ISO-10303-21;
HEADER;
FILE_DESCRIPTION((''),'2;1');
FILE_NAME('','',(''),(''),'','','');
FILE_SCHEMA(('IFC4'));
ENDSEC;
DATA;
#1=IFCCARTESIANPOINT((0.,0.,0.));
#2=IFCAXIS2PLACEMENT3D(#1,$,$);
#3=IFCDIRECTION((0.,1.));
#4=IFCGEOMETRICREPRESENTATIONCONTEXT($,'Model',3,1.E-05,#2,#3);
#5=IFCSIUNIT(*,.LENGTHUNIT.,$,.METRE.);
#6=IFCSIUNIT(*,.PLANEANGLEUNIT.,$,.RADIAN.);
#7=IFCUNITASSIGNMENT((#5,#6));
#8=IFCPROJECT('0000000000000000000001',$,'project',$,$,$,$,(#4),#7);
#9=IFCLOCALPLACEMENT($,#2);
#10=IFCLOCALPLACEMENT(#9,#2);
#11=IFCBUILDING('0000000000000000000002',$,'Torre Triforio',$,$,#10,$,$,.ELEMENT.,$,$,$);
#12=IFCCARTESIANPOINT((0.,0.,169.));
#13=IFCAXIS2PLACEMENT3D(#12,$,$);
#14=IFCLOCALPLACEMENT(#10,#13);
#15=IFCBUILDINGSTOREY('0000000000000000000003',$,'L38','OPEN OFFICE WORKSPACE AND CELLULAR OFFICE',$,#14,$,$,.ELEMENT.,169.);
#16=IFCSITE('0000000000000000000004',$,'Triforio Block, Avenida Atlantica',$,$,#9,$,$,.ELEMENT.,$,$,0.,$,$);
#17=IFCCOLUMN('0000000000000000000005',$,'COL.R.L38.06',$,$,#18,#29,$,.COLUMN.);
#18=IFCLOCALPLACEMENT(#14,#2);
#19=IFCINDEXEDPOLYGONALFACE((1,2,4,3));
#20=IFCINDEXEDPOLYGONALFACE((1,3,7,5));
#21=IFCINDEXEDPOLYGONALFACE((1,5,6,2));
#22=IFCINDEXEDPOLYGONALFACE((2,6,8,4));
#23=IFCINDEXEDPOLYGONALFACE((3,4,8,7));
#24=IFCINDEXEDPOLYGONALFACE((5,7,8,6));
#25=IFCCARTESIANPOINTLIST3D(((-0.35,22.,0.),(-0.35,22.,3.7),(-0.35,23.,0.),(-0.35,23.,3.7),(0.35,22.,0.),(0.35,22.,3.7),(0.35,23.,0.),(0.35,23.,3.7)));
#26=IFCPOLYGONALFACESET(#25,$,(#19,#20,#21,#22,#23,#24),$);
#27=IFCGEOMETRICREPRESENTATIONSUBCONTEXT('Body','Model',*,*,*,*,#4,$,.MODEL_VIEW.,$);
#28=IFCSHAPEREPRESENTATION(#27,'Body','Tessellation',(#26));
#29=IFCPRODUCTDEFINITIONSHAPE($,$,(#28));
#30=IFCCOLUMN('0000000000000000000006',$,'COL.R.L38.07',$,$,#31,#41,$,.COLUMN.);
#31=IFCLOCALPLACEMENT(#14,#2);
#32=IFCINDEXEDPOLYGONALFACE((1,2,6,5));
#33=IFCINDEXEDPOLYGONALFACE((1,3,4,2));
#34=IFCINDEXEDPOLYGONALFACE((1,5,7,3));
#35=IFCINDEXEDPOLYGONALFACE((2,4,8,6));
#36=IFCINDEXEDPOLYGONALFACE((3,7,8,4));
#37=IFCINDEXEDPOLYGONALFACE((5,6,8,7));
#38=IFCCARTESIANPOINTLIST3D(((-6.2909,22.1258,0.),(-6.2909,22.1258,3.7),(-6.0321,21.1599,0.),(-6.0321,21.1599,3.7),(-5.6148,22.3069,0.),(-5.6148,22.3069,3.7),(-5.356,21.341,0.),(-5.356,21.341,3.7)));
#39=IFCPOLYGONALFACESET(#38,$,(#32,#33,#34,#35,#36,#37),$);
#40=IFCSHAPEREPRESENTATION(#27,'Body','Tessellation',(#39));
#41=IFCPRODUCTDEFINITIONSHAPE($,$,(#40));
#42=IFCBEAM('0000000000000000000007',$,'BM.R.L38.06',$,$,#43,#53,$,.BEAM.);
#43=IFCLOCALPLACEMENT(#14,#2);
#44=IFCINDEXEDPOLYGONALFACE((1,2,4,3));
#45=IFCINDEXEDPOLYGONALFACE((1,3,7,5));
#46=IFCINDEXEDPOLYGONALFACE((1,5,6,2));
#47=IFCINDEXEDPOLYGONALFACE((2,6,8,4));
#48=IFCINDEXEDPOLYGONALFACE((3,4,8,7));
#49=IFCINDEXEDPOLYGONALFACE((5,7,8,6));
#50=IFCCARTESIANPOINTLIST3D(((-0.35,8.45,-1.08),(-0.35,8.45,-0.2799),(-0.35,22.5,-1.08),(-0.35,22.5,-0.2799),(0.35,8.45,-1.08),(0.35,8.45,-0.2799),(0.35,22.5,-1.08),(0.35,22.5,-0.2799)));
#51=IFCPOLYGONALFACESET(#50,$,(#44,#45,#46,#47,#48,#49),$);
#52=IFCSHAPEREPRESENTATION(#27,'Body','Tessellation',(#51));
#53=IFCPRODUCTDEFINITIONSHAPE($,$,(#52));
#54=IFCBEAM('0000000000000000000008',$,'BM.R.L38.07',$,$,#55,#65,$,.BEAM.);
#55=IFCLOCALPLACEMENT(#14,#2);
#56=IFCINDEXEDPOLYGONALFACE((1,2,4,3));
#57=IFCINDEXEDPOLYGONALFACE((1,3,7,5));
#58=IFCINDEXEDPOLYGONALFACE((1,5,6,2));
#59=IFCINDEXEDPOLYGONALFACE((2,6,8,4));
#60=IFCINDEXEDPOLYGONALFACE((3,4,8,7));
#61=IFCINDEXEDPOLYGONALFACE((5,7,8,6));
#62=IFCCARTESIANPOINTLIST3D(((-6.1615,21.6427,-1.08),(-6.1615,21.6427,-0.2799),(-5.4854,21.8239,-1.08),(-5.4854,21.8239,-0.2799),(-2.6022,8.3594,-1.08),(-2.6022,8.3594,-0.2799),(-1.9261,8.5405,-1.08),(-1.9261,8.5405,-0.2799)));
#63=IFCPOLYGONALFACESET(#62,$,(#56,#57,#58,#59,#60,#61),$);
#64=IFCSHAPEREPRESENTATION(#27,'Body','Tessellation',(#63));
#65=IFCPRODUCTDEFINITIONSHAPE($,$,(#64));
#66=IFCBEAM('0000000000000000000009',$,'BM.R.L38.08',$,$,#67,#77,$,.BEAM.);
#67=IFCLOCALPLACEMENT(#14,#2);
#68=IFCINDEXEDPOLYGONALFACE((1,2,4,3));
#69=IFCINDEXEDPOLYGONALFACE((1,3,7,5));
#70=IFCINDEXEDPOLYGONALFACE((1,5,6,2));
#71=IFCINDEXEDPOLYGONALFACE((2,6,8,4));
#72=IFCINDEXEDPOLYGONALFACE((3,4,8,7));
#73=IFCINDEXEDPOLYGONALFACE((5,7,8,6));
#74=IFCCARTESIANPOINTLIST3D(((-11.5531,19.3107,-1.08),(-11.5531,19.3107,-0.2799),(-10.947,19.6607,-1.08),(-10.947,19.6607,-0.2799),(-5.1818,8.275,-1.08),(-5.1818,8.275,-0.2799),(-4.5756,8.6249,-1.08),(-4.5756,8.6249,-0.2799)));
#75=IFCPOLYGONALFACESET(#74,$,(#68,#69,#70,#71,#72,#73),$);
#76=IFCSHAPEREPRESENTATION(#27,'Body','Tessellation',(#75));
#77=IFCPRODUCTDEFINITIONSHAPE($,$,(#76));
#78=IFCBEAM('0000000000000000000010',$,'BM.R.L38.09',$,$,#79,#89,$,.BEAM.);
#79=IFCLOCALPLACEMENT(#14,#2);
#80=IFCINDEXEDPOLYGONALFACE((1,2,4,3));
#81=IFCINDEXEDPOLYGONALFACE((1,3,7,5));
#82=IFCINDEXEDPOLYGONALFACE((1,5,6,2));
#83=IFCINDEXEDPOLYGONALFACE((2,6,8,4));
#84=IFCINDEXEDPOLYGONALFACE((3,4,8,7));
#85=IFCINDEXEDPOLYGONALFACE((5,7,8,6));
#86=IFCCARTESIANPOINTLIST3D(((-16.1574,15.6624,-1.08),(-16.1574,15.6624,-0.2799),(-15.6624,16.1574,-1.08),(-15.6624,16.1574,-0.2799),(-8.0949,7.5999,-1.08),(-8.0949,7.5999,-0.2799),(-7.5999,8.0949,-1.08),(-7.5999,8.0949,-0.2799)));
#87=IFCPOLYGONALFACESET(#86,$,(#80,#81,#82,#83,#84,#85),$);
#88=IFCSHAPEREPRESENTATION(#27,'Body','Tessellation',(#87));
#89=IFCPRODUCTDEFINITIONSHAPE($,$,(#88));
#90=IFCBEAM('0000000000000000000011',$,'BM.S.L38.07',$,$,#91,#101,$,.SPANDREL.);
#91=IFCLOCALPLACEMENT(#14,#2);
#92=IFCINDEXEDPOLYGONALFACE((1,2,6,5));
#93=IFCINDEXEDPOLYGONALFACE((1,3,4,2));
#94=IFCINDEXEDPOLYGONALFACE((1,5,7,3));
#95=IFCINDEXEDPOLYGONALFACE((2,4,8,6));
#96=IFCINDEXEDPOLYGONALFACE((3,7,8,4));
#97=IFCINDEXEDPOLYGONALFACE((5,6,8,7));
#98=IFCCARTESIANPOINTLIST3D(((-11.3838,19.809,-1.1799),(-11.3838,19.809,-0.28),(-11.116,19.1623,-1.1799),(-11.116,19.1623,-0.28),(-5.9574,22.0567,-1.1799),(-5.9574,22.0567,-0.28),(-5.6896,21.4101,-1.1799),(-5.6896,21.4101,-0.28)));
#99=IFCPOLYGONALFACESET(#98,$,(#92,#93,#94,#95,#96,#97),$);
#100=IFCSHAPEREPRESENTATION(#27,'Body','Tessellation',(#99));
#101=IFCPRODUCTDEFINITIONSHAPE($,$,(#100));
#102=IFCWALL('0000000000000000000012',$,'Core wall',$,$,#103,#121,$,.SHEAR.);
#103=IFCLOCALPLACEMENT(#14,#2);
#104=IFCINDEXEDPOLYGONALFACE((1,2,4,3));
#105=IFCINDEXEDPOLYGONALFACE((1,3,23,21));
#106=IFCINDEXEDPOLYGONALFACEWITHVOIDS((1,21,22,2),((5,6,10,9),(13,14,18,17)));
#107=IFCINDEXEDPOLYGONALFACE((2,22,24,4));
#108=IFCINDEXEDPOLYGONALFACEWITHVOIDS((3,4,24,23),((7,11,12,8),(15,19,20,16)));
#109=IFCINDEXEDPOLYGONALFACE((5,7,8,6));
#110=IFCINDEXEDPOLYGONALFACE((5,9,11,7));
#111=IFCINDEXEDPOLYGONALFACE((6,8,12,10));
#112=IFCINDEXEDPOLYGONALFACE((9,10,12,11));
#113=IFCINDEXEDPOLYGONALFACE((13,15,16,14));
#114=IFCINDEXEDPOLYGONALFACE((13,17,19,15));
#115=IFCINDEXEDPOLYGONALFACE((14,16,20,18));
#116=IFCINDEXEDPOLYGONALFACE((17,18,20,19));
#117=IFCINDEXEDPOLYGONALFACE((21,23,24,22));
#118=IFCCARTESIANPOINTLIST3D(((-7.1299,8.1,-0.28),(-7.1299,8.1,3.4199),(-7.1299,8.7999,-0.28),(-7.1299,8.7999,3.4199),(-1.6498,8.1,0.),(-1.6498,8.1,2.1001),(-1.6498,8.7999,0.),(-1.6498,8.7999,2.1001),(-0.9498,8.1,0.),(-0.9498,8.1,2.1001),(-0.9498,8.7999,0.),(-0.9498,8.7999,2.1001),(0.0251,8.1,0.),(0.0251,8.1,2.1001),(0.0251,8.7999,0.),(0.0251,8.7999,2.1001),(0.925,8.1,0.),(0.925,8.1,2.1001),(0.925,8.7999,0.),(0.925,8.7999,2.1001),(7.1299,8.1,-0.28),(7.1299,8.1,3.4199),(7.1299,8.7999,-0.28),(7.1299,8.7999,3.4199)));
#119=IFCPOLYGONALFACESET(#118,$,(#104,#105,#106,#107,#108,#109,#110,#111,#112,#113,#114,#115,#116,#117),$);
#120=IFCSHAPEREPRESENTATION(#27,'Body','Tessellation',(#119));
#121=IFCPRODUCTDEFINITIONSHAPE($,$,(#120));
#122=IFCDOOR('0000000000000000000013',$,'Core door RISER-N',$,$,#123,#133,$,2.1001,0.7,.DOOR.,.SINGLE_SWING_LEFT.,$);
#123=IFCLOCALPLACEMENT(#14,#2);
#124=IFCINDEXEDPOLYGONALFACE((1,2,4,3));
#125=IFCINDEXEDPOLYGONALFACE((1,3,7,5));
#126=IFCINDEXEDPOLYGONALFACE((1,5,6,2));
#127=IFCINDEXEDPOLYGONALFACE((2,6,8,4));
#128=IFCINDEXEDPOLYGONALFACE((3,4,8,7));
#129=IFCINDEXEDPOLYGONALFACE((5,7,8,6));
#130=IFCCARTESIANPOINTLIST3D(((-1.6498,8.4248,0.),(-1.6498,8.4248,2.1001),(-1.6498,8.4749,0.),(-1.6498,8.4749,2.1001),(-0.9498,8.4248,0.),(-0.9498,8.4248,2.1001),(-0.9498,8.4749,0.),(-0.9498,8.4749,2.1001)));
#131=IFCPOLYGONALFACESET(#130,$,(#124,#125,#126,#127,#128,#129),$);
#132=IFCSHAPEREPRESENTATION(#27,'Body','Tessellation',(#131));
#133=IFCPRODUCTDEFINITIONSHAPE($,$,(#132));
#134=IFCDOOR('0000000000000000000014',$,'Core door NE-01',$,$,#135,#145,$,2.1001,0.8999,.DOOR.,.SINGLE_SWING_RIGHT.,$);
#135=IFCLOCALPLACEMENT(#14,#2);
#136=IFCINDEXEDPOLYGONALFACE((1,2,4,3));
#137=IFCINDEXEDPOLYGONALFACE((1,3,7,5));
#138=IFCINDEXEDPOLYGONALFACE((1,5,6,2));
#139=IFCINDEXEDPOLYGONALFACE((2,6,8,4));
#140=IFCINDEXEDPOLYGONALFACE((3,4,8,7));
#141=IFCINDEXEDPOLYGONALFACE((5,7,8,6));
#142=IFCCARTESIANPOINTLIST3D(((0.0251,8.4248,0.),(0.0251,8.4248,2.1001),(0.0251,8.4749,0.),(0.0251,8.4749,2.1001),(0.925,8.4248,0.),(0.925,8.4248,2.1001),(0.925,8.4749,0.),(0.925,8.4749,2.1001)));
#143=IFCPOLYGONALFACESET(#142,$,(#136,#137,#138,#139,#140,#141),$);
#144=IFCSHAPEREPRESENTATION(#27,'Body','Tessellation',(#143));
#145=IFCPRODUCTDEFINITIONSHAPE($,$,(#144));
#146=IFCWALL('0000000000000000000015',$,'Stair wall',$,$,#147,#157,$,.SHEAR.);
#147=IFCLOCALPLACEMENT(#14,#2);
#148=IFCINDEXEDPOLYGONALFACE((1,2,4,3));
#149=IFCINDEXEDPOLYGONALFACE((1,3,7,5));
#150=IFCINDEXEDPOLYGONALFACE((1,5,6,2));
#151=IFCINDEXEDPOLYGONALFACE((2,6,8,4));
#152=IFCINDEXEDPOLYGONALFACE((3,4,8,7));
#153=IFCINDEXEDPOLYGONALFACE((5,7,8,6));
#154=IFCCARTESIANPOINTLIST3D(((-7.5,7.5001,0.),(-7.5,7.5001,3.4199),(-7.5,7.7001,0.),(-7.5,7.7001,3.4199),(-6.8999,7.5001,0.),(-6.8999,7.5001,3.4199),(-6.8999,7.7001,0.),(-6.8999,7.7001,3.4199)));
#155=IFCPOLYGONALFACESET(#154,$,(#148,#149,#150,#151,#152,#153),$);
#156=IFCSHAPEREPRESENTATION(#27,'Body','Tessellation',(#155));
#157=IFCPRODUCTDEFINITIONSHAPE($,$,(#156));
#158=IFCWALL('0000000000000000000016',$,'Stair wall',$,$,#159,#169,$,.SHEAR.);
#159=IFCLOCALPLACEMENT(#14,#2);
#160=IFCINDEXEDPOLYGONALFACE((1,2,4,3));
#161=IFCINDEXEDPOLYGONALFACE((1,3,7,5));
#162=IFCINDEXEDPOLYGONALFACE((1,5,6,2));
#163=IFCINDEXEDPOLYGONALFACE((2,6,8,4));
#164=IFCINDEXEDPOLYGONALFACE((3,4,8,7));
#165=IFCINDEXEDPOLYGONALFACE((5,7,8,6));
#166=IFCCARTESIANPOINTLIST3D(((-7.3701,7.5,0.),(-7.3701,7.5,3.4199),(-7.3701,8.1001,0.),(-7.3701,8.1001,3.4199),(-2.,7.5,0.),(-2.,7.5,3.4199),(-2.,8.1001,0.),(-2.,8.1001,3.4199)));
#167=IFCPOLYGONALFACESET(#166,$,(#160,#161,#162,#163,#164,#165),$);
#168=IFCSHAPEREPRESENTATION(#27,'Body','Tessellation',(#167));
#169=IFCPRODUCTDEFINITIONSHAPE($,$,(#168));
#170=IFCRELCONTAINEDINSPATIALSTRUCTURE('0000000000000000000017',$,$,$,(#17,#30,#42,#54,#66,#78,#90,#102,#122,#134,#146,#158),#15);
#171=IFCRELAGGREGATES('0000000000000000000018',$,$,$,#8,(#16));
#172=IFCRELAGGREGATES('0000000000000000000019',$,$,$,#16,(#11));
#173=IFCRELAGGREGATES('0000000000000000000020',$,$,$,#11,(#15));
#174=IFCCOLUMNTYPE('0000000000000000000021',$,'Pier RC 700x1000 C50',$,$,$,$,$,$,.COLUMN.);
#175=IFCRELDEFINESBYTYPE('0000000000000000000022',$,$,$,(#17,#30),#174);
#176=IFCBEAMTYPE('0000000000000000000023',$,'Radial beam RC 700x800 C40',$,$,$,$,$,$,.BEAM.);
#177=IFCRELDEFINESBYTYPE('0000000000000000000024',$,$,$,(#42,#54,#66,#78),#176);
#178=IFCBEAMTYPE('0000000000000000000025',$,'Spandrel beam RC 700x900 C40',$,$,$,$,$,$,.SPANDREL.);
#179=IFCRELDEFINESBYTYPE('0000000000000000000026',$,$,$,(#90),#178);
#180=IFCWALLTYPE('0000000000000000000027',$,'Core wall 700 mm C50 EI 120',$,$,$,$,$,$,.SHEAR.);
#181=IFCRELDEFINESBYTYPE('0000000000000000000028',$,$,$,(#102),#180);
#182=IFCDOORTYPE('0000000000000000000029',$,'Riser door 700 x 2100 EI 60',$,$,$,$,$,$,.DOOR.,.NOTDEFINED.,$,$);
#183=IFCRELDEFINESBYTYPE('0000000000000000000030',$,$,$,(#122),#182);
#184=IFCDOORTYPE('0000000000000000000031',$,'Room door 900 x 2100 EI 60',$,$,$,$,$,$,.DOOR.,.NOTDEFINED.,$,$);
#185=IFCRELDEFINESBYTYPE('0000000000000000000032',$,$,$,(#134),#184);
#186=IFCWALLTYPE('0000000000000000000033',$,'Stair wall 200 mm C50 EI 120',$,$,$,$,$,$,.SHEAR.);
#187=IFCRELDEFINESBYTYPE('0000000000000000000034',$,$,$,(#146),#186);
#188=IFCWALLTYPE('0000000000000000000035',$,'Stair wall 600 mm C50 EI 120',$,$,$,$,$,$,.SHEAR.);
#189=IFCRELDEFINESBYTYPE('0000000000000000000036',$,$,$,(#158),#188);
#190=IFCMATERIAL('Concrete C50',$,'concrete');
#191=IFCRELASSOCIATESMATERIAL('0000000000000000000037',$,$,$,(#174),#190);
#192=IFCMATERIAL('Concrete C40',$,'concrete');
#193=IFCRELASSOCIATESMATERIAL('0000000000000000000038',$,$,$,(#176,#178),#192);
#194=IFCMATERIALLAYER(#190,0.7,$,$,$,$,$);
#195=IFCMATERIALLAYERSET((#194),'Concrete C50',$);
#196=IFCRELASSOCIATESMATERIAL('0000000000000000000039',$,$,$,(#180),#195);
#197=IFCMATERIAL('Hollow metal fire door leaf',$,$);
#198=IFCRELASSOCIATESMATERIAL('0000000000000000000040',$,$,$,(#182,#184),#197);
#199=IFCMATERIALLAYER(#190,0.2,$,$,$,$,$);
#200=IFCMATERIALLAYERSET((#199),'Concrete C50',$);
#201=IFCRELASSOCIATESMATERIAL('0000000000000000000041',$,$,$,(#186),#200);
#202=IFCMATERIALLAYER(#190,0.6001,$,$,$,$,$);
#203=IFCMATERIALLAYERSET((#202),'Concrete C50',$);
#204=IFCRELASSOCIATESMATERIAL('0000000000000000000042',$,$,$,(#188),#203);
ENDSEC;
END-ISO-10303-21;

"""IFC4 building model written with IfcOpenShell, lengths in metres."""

from ifc_helpers import new_model, si_unit, direction, frame, frame_2d, origin, origin_2d, place, context, subcontext, project, spatial, rectangle, extrude, material, layer, layer_set, material_profile, profile_set, type_object, element, fill, save


model = new_model("IFC4")

# Units and contexts
model_context = context("Model", 3, precision=1e-05, world=origin(), true_north=direction((0.0, 1.0)))
body_context = subcontext(model_context, "Body", "Model", "MODEL_VIEW")
ifc_project = project(units=[si_unit("LENGTHUNIT", "METRE"), si_unit("PLANEANGLEUNIT", "RADIAN")], contexts=[model_context])

# Site, building, storey
site_placement = place(None, origin())
site = spatial("IfcSite", under=ifc_project, at=site_placement, Name="Triforio Block, Avenida Atlantica", CompositionType="ELEMENT", RefElevation=0.0)
building_placement = place(site_placement, origin())
building = spatial("IfcBuilding", under=site, at=building_placement, Name="Torre Triforio", CompositionType="ELEMENT")
storey_placement = place(building_placement, frame((0.0, 0.0, 169.0)))
storey = spatial("IfcBuildingStorey", under=building, at=storey_placement, Name="L38", Description="OPEN OFFICE WORKSPACE AND CELLULAR OFFICE", CompositionType="ELEMENT", Elevation=169.0)

# Columns
ifc_material_1 = material(Name="Concrete C50", Category="concrete")
ifc_material_profile_1 = material_profile(ifc_material_1, rectangle(XDim=0.7, YDim=1.0, at=origin_2d()), Name="RC 700x1000")
ifc_profile_set_1 = profile_set([ifc_material_profile_1], Name="Concrete C50")
column_type = type_object("IfcColumnType", Name="Pier RC 700x1000 C50", PredefinedType="COLUMN", material=ifc_profile_set_1)
for number, where, z_axis, x_axis, name in (
    (1, (0.0, 22.5, 0.0), (0.0, 0.0, 1.0), (-1.0, 0.0, 0.0), "COL.R.L38.06"),
    (2, (-5.8235, 21.7334, 0.0), (0.0, 0.0, 1.0), (-0.965926, -0.258819, 0.0), "COL.R.L38.07"),
):
    element("IfcColumn", number, at=place(storey_placement, frame(where, z_axis=z_axis, x_axis=x_axis)), inside=storey, type_object=column_type, Name=name, PredefinedType="COLUMN", context=body_context, shape_type="SweptSolid", body=[
        extrude(rectangle(XDim=0.7, YDim=1.0, at=origin_2d()), origin(), (0.0, 0.0, 1.0), 3.7),
    ])

# Beams
ifc_material_2 = material(Name="Concrete C40", Category="concrete")
ifc_material_profile_2 = material_profile(ifc_material_2, rectangle(XDim=0.7, YDim=0.8, at=origin_2d()), Name="RC 700x800")
ifc_profile_set_2 = profile_set([ifc_material_profile_2], Name="Concrete C40")
beam_type_1 = type_object("IfcBeamType", Name="Radial beam RC 700x800 C40", PredefinedType="BEAM", material=ifc_profile_set_2)
beam_1_placement = place(storey_placement, frame((0.0, 8.45, -0.6799), z_axis=(0.0, 1.0, 0.0), x_axis=(-1.0, 0.0, 0.0)))
element("IfcBeam", 3, at=beam_1_placement, inside=storey, type_object=beam_type_1, Name="BM.R.L38.06", PredefinedType="BEAM", context=body_context, shape_type="SweptSolid", body=[
    extrude(rectangle(XDim=0.7, YDim=0.8, at=origin_2d()), origin(), (0.0, 0.0, 1.0), 14.05),
])
beam_2_placement = place(storey_placement, frame((-2.2642, 8.45, -0.6799), z_axis=(-0.258822, 0.965925, 0.0), x_axis=(-0.965925, -0.258822, 0.0)))
element("IfcBeam", 4, at=beam_2_placement, inside=storey, type_object=beam_type_1, Name="BM.R.L38.07", PredefinedType="BEAM", context=body_context, shape_type="SweptSolid", body=[
    extrude(rectangle(XDim=0.7, YDim=0.8, at=origin_2d()), origin(), (0.0, 0.0, 1.0), 13.752),
])
beam_3_placement = place(storey_placement, frame((-4.8787, 8.45, -0.6799), z_axis=(-0.499994, 0.866029, 0.0), x_axis=(-0.866029, -0.499994, 0.0)))
element("IfcBeam", 5, at=beam_3_placement, inside=storey, type_object=beam_type_1, Name="BM.R.L38.08", PredefinedType="BEAM", context=body_context, shape_type="SweptSolid", body=[
    extrude(rectangle(XDim=0.7, YDim=0.8, at=origin_2d()), origin(), (0.0, 0.0, 1.0), 12.7429),
])
beam_4_placement = place(storey_placement, frame((-7.8474, 7.8474, -0.6799), z_axis=(-0.707107, 0.707107, 0.0), x_axis=(-0.707107, -0.707107, 0.0)))
element("IfcBeam", 6, at=beam_4_placement, inside=storey, type_object=beam_type_1, Name="BM.R.L38.09", PredefinedType="BEAM", context=body_context, shape_type="SweptSolid", body=[
    extrude(rectangle(XDim=0.7, YDim=0.8, at=origin_2d()), origin(), (0.0, 0.0, 1.0), 11.4021),
])
ifc_material_profile_3 = material_profile(ifc_material_2, rectangle(XDim=0.7, YDim=0.8999, at=origin_2d()), Name="RC 700x900")
ifc_profile_set_3 = profile_set([ifc_material_profile_3], Name="Concrete C40")
beam_type_2 = type_object("IfcBeamType", Name="Spandrel beam RC 700x900 C40", PredefinedType="SPANDREL", material=ifc_profile_set_3)
beam_5_placement = place(storey_placement, frame((-5.8235, 21.7334, -0.73), z_axis=(-0.923875, -0.382693, 0.0), x_axis=(0.382693, -0.923875, 0.0)))
element("IfcBeam", 7, at=beam_5_placement, inside=storey, type_object=beam_type_2, Name="BM.S.L38.07", PredefinedType="SPANDREL", context=body_context, shape_type="SweptSolid", body=[
    extrude(rectangle(XDim=0.7, YDim=0.8999, at=origin_2d()), origin(), (0.0, 0.0, 1.0), 5.8735),
])

# Wall, openings, doors
ifc_layer_1 = layer(ifc_material_1, 0.7)
ifc_layer_set_1 = layer_set([ifc_layer_1], Name="Concrete C50")
wall_type_1 = type_object("IfcWallType", Name="Core wall 700 mm C50 EI 120", PredefinedType="SHEAR", material=ifc_layer_set_1)
wall_1_placement = place(storey_placement, frame((-7.1299, 8.45, -0.28), z_axis=(0.0, 0.0, 1.0), x_axis=(1.0, 0.0, 0.0)))
wall_1 = element("IfcWall", 8, at=wall_1_placement, inside=storey, type_object=wall_type_1, Name="Core wall", PredefinedType="SHEAR", context=body_context, shape_type="SweptSolid", body=[
    extrude(rectangle(XDim=14.2598, YDim=0.7, at=frame_2d((7.1299, 0.0))), origin(), (0.0, 0.0, 1.0), 3.7),
])
opening_1_placement = place(wall_1_placement, frame((5.48, 0.0, 0.28)))
opening_1 = element("IfcOpeningElement", 9, at=opening_1_placement, cuts=wall_1, PredefinedType="OPENING", context=body_context, shape_type="SweptSolid", body=[
    extrude(rectangle(XDim=0.7, YDim=2.1001, at=frame_2d((0.3501, 1.05))), frame((0.0, 0.3599, 0.0), z_axis=(0.0, -1.0, 0.0), x_axis=(1.0, 0.0, 0.0)), (0.0, 0.0, 1.0), 0.72),
])
opening_2_placement = place(wall_1_placement, frame((7.155, 0.0, 0.28)))
opening_2 = element("IfcOpeningElement", 10, at=opening_2_placement, cuts=wall_1, PredefinedType="OPENING", context=body_context, shape_type="SweptSolid", body=[
    extrude(rectangle(XDim=0.8999, YDim=2.1001, at=frame_2d((0.45, 1.05))), frame((0.0, 0.3599, 0.0), z_axis=(0.0, -1.0, 0.0), x_axis=(1.0, 0.0, 0.0)), (0.0, 0.0, 1.0), 0.72),
])
ifc_material_3 = material(Name="Hollow metal fire door leaf")
door_type_1 = type_object("IfcDoorType", Name="Riser door 700 x 2100 EI 60", OperationType="NOTDEFINED", PredefinedType="DOOR", material=ifc_material_3)
door_1_placement = place(opening_1_placement, origin())
door_1 = element("IfcDoor", 11, at=door_1_placement, inside=storey, type_object=door_type_1, Name="Core door RISER-N", OperationType="SINGLE_SWING_LEFT", OverallHeight=2.1001, OverallWidth=0.7, PredefinedType="DOOR", context=body_context, shape_type="SweptSolid", body=[
    extrude(rectangle(XDim=0.7, YDim=2.1001, at=frame_2d((0.3501, 1.05))), frame((0.0, 0.0249, 0.0), z_axis=(0.0, -1.0, 0.0), x_axis=(1.0, 0.0, 0.0)), (0.0, 0.0, 1.0), 0.05),
])
fill(opening_1, door_1)
door_type_2 = type_object("IfcDoorType", Name="Room door 900 x 2100 EI 60", OperationType="NOTDEFINED", PredefinedType="DOOR", material=ifc_material_3)
door_2_placement = place(opening_2_placement, origin())
door_2 = element("IfcDoor", 12, at=door_2_placement, inside=storey, type_object=door_type_2, Name="Core door NE-01", OperationType="SINGLE_SWING_RIGHT", OverallHeight=2.1001, OverallWidth=0.8999, PredefinedType="DOOR", context=body_context, shape_type="SweptSolid", body=[
    extrude(rectangle(XDim=0.8999, YDim=2.1001, at=frame_2d((0.45, 1.05))), frame((0.0, 0.0249, 0.0), z_axis=(0.0, -1.0, 0.0), x_axis=(1.0, 0.0, 0.0)), (0.0, 0.0, 1.0), 0.05),
])
fill(opening_2, door_2)

# Walls
ifc_layer_2 = layer(ifc_material_1, 0.2)
ifc_layer_set_2 = layer_set([ifc_layer_2], Name="Concrete C50")
wall_type_2 = type_object("IfcWallType", Name="Stair wall 200 mm C50 EI 120", PredefinedType="SHEAR", material=ifc_layer_set_2)
wall_2_placement = place(storey_placement, frame((-7.5, 7.6001, 0.0), z_axis=(0.0, 0.0, 1.0), x_axis=(1.0, 0.0, 0.0)))
element("IfcWall", 13, at=wall_2_placement, inside=storey, type_object=wall_type_2, Name="Stair wall", PredefinedType="SHEAR", context=body_context, shape_type="SweptSolid", body=[
    extrude(rectangle(XDim=0.6001, YDim=0.2, at=frame_2d((0.3, 0.0))), origin(), (0.0, 0.0, 1.0), 3.4199),
])
ifc_layer_3 = layer(ifc_material_1, 0.6001)
ifc_layer_set_3 = layer_set([ifc_layer_3], Name="Concrete C50")
wall_type_3 = type_object("IfcWallType", Name="Stair wall 600 mm C50 EI 120", PredefinedType="SHEAR", material=ifc_layer_set_3)
wall_3_placement = place(storey_placement, frame((-7.3701, 7.8, 0.0), z_axis=(0.0, 0.0, 1.0), x_axis=(1.0, 0.0, 0.0)))
element("IfcWall", 14, at=wall_3_placement, inside=storey, type_object=wall_type_3, Name="Stair wall", PredefinedType="SHEAR", context=body_context, shape_type="SweptSolid", body=[
    extrude(rectangle(XDim=5.3701, YDim=0.6001, at=frame_2d((2.6851, 0.0))), origin(), (0.0, 0.0, 1.0), 3.4199),
])

save(model, "model.ifc")
